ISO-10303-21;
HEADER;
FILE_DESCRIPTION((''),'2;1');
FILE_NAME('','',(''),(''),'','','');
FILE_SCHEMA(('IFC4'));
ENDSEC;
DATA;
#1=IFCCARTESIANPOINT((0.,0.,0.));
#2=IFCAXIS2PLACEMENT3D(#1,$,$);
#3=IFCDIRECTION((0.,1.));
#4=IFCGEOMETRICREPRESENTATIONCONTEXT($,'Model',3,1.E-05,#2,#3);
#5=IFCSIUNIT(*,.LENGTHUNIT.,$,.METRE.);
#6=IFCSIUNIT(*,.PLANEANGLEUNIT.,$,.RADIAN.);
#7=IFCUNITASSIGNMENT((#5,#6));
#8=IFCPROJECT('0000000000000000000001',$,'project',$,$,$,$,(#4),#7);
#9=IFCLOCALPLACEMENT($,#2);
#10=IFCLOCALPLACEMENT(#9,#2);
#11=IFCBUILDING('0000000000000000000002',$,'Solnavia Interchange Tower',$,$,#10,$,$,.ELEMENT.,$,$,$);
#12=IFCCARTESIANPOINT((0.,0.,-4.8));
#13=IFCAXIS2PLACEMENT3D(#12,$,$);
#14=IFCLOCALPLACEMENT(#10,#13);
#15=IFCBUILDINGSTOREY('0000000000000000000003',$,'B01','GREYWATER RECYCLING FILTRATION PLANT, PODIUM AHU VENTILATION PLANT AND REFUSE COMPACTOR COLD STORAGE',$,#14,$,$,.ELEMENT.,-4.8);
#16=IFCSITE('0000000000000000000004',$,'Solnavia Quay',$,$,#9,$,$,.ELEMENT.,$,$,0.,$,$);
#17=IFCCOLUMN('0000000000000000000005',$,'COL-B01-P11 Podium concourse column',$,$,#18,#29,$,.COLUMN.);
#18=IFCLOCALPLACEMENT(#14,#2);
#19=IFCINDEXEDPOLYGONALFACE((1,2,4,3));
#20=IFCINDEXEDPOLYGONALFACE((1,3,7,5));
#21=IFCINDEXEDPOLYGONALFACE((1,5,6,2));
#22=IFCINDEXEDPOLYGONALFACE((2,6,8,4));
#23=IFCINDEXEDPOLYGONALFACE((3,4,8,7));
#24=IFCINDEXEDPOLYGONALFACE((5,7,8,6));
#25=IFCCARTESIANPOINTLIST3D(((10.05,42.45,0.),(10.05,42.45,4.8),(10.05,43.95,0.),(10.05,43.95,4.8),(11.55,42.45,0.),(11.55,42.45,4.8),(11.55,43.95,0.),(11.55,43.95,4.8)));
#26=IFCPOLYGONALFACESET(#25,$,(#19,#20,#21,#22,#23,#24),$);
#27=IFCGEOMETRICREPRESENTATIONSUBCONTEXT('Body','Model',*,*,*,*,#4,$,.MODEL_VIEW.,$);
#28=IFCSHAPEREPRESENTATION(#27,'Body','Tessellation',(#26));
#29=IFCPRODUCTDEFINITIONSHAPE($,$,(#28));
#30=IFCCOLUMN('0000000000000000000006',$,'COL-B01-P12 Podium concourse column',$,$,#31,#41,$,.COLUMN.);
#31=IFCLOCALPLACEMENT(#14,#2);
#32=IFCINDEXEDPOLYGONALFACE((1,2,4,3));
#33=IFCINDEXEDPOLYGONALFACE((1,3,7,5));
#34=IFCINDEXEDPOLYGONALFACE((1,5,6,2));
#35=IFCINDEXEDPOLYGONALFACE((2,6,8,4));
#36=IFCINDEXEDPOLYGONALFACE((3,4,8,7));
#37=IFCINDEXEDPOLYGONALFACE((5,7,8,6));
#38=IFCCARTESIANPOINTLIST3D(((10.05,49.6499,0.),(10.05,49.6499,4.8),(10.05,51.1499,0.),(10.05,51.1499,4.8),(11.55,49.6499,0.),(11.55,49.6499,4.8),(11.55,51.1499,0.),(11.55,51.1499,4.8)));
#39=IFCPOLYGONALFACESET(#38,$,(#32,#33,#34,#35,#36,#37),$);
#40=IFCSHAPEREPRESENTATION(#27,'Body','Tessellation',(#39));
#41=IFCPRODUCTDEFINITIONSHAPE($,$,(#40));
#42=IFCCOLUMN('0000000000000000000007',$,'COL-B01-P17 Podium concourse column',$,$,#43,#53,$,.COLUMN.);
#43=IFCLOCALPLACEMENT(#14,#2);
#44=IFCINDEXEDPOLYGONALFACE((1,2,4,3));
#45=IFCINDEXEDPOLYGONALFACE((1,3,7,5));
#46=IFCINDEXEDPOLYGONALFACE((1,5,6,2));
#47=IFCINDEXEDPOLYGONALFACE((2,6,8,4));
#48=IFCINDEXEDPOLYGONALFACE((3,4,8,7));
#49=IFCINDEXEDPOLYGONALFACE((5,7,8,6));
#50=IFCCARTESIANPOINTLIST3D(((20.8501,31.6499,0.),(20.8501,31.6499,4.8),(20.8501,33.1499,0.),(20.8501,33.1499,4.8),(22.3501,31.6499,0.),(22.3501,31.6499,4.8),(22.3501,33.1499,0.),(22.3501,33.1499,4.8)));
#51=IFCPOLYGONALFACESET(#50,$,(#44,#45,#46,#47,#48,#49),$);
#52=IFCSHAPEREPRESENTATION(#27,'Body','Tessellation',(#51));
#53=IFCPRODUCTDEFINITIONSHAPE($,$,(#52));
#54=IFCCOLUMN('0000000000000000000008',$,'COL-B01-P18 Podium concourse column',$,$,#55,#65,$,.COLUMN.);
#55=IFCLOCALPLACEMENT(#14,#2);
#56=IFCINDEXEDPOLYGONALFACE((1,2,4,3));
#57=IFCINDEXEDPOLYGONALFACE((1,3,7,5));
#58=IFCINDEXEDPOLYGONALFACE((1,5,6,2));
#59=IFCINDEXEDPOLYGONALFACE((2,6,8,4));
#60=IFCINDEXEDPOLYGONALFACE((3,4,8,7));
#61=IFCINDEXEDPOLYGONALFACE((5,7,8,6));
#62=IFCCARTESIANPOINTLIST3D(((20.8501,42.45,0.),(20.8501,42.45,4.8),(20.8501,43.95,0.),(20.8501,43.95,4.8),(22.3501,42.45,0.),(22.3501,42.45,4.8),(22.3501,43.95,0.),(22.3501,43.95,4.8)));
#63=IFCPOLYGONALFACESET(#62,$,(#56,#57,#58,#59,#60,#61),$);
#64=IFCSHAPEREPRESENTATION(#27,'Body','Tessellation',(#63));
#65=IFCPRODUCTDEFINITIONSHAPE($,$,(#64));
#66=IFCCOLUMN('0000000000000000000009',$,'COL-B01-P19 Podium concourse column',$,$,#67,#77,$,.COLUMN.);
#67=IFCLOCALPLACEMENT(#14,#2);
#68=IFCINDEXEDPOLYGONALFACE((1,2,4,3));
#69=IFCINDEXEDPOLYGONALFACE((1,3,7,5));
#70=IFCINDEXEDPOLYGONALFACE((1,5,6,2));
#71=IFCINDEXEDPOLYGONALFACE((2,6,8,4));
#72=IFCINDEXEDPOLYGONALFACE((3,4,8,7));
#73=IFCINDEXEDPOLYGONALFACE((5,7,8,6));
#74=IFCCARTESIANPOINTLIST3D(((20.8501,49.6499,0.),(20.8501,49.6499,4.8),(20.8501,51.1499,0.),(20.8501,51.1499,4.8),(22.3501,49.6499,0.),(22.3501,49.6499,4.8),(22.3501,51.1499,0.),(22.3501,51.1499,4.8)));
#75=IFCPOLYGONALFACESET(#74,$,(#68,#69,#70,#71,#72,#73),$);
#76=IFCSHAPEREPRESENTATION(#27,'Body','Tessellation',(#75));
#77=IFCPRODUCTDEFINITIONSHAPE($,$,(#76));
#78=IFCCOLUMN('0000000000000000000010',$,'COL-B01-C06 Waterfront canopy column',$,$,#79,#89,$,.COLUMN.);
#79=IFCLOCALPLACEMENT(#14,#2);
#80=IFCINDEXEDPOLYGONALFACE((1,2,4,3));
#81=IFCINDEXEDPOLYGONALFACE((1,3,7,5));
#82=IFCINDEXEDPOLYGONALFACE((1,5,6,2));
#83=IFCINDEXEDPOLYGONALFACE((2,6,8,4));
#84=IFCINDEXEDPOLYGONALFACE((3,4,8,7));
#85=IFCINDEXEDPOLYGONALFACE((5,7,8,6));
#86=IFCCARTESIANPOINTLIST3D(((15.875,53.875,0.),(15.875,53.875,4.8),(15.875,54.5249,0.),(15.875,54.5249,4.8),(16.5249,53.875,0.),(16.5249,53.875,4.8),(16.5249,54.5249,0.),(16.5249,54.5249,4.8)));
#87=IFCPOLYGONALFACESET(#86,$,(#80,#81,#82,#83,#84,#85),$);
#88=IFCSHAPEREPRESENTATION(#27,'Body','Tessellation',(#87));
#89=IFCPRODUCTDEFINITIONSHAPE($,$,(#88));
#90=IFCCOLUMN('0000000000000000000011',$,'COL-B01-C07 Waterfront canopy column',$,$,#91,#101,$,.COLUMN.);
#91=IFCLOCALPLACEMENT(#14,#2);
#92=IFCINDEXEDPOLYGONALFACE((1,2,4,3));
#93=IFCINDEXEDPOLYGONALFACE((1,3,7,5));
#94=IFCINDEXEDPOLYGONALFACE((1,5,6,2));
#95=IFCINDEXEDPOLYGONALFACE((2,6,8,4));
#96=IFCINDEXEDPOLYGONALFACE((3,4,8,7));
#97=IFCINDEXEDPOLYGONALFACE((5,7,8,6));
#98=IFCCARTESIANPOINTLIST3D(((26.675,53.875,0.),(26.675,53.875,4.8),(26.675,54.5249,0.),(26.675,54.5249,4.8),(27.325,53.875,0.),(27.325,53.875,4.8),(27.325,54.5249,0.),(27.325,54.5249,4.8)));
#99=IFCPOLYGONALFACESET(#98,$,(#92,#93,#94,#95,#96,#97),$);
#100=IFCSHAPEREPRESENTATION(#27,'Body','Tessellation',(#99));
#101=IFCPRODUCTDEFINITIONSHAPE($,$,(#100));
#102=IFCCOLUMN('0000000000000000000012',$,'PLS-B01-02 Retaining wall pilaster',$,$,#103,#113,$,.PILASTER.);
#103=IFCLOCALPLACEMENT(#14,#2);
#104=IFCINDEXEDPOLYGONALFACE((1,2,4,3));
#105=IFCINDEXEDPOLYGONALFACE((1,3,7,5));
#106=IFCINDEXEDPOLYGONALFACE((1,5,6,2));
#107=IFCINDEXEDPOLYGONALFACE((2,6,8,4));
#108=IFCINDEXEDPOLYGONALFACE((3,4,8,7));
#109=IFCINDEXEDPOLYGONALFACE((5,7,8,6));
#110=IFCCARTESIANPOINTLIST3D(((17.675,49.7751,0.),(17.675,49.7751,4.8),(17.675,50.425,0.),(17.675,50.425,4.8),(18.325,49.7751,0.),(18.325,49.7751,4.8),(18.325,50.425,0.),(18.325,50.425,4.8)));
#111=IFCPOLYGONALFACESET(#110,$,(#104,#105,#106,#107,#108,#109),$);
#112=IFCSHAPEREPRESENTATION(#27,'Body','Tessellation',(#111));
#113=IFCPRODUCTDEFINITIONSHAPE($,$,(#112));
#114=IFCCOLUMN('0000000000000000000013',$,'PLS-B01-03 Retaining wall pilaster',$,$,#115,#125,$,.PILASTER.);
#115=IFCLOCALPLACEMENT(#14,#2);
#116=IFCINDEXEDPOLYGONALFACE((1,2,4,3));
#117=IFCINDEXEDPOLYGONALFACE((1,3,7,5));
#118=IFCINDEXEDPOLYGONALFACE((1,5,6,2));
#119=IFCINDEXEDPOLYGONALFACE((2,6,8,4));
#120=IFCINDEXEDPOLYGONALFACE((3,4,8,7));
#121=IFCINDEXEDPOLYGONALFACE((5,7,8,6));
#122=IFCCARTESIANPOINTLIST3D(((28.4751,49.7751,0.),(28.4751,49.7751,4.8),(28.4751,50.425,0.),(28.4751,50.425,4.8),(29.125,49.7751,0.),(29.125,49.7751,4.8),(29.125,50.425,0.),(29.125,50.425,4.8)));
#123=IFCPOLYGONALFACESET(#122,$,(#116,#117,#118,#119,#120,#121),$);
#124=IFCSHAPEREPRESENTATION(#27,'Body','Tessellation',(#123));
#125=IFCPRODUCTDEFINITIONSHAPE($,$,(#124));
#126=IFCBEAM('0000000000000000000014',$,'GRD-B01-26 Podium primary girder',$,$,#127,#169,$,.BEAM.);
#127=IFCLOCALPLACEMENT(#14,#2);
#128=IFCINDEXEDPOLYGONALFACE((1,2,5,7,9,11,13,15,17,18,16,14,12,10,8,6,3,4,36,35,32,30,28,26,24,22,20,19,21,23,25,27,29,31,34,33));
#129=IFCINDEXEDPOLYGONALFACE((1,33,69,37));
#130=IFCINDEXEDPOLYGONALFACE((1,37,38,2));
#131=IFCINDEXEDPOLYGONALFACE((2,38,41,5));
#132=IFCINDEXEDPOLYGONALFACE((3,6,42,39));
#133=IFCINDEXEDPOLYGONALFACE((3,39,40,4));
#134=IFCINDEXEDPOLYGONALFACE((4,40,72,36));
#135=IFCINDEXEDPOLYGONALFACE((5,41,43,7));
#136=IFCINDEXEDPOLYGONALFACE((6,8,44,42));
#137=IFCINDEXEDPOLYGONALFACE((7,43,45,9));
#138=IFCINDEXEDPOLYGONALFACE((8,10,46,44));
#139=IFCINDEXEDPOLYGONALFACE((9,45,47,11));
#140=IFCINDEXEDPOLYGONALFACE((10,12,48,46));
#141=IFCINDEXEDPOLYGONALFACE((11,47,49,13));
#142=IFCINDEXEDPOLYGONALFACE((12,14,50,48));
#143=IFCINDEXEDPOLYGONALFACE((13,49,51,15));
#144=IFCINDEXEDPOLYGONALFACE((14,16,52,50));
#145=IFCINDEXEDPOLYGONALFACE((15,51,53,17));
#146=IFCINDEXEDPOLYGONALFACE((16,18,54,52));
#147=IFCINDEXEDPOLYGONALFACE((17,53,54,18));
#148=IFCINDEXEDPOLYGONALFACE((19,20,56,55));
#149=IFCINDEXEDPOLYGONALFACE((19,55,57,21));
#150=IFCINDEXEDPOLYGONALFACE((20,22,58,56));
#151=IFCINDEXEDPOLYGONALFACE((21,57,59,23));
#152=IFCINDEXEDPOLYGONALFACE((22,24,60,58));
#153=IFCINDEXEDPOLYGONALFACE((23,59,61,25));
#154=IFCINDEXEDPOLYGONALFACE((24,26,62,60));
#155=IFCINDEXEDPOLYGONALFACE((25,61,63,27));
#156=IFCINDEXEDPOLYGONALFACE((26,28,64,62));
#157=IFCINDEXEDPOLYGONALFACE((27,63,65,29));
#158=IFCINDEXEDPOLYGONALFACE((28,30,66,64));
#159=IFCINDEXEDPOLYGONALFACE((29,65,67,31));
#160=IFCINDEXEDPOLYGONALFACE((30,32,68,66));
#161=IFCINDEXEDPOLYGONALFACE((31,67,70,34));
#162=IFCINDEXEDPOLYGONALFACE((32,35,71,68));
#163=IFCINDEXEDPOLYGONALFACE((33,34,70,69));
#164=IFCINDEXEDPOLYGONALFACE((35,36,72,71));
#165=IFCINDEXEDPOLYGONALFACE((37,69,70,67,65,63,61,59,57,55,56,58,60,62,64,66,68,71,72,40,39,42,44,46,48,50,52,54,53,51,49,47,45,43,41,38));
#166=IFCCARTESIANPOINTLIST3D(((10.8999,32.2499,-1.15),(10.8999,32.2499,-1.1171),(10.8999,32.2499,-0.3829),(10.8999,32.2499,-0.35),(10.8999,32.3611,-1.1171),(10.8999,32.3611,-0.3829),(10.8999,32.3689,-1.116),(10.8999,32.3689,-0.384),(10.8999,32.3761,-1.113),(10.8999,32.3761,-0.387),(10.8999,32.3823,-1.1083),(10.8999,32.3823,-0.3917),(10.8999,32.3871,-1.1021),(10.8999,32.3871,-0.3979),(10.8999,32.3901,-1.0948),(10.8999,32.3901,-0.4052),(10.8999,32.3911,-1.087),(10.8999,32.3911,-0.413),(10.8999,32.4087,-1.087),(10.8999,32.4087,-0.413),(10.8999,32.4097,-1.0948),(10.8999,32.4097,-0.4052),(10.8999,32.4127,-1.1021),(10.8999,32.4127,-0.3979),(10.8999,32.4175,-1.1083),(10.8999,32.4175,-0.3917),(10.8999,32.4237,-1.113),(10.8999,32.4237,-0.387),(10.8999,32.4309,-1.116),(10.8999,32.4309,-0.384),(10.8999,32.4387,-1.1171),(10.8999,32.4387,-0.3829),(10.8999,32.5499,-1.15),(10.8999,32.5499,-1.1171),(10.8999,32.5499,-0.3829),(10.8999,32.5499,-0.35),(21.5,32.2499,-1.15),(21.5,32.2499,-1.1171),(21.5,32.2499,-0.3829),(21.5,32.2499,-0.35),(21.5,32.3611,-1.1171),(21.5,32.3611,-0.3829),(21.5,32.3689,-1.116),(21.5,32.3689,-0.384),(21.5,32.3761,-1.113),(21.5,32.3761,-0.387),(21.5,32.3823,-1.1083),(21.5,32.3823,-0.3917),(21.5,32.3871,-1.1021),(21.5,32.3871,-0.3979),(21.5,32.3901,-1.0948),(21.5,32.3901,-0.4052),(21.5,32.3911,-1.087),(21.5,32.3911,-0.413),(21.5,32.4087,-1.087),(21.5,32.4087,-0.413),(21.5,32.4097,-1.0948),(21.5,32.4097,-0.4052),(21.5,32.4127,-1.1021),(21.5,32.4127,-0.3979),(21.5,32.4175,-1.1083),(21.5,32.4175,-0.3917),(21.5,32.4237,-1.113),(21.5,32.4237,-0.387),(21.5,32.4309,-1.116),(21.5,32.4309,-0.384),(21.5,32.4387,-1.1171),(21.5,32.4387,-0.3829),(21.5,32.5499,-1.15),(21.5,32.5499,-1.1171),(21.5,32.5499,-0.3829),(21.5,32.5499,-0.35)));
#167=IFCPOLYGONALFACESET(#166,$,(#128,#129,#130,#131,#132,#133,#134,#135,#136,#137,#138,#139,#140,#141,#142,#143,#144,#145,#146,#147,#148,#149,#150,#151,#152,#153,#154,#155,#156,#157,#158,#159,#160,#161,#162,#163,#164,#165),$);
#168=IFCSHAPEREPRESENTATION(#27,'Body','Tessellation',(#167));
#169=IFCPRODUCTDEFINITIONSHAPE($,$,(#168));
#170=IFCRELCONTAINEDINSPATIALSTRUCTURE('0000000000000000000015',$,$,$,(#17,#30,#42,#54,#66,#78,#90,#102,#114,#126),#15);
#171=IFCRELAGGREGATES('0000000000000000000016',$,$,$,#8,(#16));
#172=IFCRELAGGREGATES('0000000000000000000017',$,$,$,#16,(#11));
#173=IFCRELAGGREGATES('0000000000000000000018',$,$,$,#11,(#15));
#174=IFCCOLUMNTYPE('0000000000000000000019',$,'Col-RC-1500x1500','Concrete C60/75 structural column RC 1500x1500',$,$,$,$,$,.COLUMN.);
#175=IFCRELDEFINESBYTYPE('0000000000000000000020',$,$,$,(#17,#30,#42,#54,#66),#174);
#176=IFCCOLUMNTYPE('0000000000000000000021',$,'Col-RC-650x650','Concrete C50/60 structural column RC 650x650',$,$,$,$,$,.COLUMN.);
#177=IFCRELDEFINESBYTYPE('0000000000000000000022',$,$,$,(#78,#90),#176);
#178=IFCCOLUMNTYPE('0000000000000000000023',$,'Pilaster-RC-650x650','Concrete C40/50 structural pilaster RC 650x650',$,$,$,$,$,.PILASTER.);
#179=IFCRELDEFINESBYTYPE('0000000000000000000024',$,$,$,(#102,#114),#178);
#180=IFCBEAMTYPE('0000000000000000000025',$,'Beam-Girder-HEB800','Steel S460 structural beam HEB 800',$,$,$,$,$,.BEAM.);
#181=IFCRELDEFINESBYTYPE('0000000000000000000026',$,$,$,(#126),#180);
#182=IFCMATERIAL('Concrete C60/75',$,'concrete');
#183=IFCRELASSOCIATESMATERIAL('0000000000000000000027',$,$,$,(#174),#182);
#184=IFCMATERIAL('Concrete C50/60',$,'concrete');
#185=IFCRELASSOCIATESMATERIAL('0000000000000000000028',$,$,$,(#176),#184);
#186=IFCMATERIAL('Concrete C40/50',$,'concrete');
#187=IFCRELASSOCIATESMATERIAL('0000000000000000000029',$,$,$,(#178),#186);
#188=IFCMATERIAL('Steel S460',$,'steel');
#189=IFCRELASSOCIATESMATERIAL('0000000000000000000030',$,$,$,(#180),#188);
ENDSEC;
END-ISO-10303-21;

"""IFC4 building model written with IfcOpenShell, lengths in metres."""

from ifc_helpers import new_model, si_unit, direction, frame, origin, origin_2d, place, context, subcontext, project, spatial, rectangle, i_section, extrude, material, material_profile, profile_set, type_object, element, save


model = new_model("IFC4")

# Units and contexts
model_context = context("Model", 3, precision=1e-05, world=origin(), true_north=direction((0.0, 1.0)))
body_context = subcontext(model_context, "Body", "Model", "MODEL_VIEW")
ifc_project = project(units=[si_unit("LENGTHUNIT", "METRE"), si_unit("PLANEANGLEUNIT", "RADIAN")], contexts=[model_context])

# Site, building, storey
site_placement = place(None, origin())
site = spatial("IfcSite", under=ifc_project, at=site_placement, Name="Solnavia Quay", CompositionType="ELEMENT", RefElevation=0.0)
building_placement = place(site_placement, origin())
building = spatial("IfcBuilding", under=site, at=building_placement, Name="Solnavia Interchange Tower", CompositionType="ELEMENT")
storey_placement = place(building_placement, frame((0.0, 0.0, -4.8)))
storey = spatial("IfcBuildingStorey", under=building, at=storey_placement, Name="B01", Description="GREYWATER RECYCLING FILTRATION PLANT, PODIUM AHU VENTILATION PLANT AND REFUSE COMPACTOR COLD STORAGE", CompositionType="ELEMENT", Elevation=-4.8)

# Columns
ifc_material_1 = material(Name="Concrete C60/75", Category="concrete")
ifc_material_profile_1 = material_profile(ifc_material_1, rectangle(XDim=1.5, YDim=1.5, at=origin_2d()), Name="RC 1500x1500")
ifc_profile_set_1 = profile_set([ifc_material_profile_1], Name="Concrete C60/75")
column_type_1 = type_object("IfcColumnType", Name="Col-RC-1500x1500", Description="Concrete C60/75 structural column RC 1500x1500", PredefinedType="COLUMN", material=ifc_profile_set_1)
for number, where, z_axis, x_axis, name in (
    (1, (10.8, 43.2, 0.0), (0.0, 0.0, 1.0), (1.0, 0.0, 0.0), "COL-B01-P11 Podium concourse column"),
    (2, (10.8, 50.3999, 0.0), (0.0, 0.0, 1.0), (1.0, 0.0, 0.0), "COL-B01-P12 Podium concourse column"),
    (3, (21.6001, 32.3999, 0.0), (0.0, 0.0, 1.0), (1.0, 0.0, 0.0), "COL-B01-P17 Podium concourse column"),
    (4, (21.6001, 43.2, 0.0), (0.0, 0.0, 1.0), (1.0, 0.0, 0.0), "COL-B01-P18 Podium concourse column"),
    (5, (21.6001, 50.3999, 0.0), (0.0, 0.0, 1.0), (1.0, 0.0, 0.0), "COL-B01-P19 Podium concourse column"),
):
    element("IfcColumn", number, at=place(storey_placement, frame(where, z_axis=z_axis, x_axis=x_axis)), inside=storey, type_object=column_type_1, Name=name, PredefinedType="COLUMN", context=body_context, shape_type="SweptSolid", body=[
        extrude(rectangle(XDim=1.5, YDim=1.5, at=origin_2d()), origin(), (0.0, 0.0, 1.0), 4.8),
    ])
ifc_material_2 = material(Name="Concrete C50/60", Category="concrete")
ifc_material_profile_2 = material_profile(ifc_material_2, rectangle(XDim=0.6499, YDim=0.6499, at=origin_2d()), Name="RC 650x650")
ifc_profile_set_2 = profile_set([ifc_material_profile_2], Name="Concrete C50/60")
column_type_2 = type_object("IfcColumnType", Name="Col-RC-650x650", Description="Concrete C50/60 structural column RC 650x650", PredefinedType="COLUMN", material=ifc_profile_set_2)
for number, where, z_axis, x_axis, name in (
    (6, (16.2, 54.2, 0.0), (0.0, 0.0, 1.0), (1.0, 0.0, 0.0), "COL-B01-C06 Waterfront canopy column"),
    (7, (27.0, 54.2, 0.0), (0.0, 0.0, 1.0), (1.0, 0.0, 0.0), "COL-B01-C07 Waterfront canopy column"),
):
    element("IfcColumn", number, at=place(storey_placement, frame(where, z_axis=z_axis, x_axis=x_axis)), inside=storey, type_object=column_type_2, Name=name, PredefinedType="COLUMN", context=body_context, shape_type="SweptSolid", body=[
        extrude(rectangle(XDim=0.6499, YDim=0.6499, at=origin_2d()), origin(), (0.0, 0.0, 1.0), 4.8),
    ])
ifc_material_3 = material(Name="Concrete C40/50", Category="concrete")
ifc_material_profile_3 = material_profile(ifc_material_3, rectangle(XDim=0.6499, YDim=0.6499, at=origin_2d()), Name="RC 650x650")
ifc_profile_set_3 = profile_set([ifc_material_profile_3], Name="Concrete C40/50")
column_type_3 = type_object("IfcColumnType", Name="Pilaster-RC-650x650", Description="Concrete C40/50 structural pilaster RC 650x650", PredefinedType="PILASTER", material=ifc_profile_set_3)
for number, where, z_axis, x_axis, name in (
    (8, (18.0, 50.1001, 0.0), (0.0, 0.0, 1.0), (1.0, 0.0, 0.0), "PLS-B01-02 Retaining wall pilaster"),
    (9, (28.8, 50.1001, 0.0), (0.0, 0.0, 1.0), (1.0, 0.0, 0.0), "PLS-B01-03 Retaining wall pilaster"),
):
    element("IfcColumn", number, at=place(storey_placement, frame(where, z_axis=z_axis, x_axis=x_axis)), inside=storey, type_object=column_type_3, Name=name, PredefinedType="PILASTER", context=body_context, shape_type="SweptSolid", body=[
        extrude(rectangle(XDim=0.6499, YDim=0.6499, at=origin_2d()), origin(), (0.0, 0.0, 1.0), 4.8),
    ])

# Beam
ifc_material_4 = material(Name="Steel S460", Category="steel")
ifc_material_profile_4 = material_profile(ifc_material_4, i_section(OverallWidth=0.3, OverallDepth=0.8, WebThickness=0.0176, FlangeThickness=0.033, FilletRadius=0.03, at=origin_2d()), Name="HEB 800")
ifc_profile_set_4 = profile_set([ifc_material_profile_4], Name="Steel S460")
beam_type_1 = type_object("IfcBeamType", Name="Beam-Girder-HEB800", Description="Steel S460 structural beam HEB 800", PredefinedType="BEAM", material=ifc_profile_set_4)
for number, where, z_axis, x_axis, name in (
    (10, (10.8999, 32.3999, -0.75), (1.0, 0.0, 0.0), (0.0, 1.0, 0.0), "GRD-B01-26 Podium primary girder"),
):
    element("IfcBeam", number, at=place(storey_placement, frame(where, z_axis=z_axis, x_axis=x_axis)), inside=storey, type_object=beam_type_1, Name=name, PredefinedType="BEAM", context=body_context, shape_type="SweptSolid", body=[
        extrude(i_section(OverallWidth=0.3, OverallDepth=0.8, WebThickness=0.0176, FlangeThickness=0.033, FilletRadius=0.03, at=origin_2d()), origin(), (0.0, 0.0, 1.0), 10.6001),
    ])

save(model, "model.ifc")
